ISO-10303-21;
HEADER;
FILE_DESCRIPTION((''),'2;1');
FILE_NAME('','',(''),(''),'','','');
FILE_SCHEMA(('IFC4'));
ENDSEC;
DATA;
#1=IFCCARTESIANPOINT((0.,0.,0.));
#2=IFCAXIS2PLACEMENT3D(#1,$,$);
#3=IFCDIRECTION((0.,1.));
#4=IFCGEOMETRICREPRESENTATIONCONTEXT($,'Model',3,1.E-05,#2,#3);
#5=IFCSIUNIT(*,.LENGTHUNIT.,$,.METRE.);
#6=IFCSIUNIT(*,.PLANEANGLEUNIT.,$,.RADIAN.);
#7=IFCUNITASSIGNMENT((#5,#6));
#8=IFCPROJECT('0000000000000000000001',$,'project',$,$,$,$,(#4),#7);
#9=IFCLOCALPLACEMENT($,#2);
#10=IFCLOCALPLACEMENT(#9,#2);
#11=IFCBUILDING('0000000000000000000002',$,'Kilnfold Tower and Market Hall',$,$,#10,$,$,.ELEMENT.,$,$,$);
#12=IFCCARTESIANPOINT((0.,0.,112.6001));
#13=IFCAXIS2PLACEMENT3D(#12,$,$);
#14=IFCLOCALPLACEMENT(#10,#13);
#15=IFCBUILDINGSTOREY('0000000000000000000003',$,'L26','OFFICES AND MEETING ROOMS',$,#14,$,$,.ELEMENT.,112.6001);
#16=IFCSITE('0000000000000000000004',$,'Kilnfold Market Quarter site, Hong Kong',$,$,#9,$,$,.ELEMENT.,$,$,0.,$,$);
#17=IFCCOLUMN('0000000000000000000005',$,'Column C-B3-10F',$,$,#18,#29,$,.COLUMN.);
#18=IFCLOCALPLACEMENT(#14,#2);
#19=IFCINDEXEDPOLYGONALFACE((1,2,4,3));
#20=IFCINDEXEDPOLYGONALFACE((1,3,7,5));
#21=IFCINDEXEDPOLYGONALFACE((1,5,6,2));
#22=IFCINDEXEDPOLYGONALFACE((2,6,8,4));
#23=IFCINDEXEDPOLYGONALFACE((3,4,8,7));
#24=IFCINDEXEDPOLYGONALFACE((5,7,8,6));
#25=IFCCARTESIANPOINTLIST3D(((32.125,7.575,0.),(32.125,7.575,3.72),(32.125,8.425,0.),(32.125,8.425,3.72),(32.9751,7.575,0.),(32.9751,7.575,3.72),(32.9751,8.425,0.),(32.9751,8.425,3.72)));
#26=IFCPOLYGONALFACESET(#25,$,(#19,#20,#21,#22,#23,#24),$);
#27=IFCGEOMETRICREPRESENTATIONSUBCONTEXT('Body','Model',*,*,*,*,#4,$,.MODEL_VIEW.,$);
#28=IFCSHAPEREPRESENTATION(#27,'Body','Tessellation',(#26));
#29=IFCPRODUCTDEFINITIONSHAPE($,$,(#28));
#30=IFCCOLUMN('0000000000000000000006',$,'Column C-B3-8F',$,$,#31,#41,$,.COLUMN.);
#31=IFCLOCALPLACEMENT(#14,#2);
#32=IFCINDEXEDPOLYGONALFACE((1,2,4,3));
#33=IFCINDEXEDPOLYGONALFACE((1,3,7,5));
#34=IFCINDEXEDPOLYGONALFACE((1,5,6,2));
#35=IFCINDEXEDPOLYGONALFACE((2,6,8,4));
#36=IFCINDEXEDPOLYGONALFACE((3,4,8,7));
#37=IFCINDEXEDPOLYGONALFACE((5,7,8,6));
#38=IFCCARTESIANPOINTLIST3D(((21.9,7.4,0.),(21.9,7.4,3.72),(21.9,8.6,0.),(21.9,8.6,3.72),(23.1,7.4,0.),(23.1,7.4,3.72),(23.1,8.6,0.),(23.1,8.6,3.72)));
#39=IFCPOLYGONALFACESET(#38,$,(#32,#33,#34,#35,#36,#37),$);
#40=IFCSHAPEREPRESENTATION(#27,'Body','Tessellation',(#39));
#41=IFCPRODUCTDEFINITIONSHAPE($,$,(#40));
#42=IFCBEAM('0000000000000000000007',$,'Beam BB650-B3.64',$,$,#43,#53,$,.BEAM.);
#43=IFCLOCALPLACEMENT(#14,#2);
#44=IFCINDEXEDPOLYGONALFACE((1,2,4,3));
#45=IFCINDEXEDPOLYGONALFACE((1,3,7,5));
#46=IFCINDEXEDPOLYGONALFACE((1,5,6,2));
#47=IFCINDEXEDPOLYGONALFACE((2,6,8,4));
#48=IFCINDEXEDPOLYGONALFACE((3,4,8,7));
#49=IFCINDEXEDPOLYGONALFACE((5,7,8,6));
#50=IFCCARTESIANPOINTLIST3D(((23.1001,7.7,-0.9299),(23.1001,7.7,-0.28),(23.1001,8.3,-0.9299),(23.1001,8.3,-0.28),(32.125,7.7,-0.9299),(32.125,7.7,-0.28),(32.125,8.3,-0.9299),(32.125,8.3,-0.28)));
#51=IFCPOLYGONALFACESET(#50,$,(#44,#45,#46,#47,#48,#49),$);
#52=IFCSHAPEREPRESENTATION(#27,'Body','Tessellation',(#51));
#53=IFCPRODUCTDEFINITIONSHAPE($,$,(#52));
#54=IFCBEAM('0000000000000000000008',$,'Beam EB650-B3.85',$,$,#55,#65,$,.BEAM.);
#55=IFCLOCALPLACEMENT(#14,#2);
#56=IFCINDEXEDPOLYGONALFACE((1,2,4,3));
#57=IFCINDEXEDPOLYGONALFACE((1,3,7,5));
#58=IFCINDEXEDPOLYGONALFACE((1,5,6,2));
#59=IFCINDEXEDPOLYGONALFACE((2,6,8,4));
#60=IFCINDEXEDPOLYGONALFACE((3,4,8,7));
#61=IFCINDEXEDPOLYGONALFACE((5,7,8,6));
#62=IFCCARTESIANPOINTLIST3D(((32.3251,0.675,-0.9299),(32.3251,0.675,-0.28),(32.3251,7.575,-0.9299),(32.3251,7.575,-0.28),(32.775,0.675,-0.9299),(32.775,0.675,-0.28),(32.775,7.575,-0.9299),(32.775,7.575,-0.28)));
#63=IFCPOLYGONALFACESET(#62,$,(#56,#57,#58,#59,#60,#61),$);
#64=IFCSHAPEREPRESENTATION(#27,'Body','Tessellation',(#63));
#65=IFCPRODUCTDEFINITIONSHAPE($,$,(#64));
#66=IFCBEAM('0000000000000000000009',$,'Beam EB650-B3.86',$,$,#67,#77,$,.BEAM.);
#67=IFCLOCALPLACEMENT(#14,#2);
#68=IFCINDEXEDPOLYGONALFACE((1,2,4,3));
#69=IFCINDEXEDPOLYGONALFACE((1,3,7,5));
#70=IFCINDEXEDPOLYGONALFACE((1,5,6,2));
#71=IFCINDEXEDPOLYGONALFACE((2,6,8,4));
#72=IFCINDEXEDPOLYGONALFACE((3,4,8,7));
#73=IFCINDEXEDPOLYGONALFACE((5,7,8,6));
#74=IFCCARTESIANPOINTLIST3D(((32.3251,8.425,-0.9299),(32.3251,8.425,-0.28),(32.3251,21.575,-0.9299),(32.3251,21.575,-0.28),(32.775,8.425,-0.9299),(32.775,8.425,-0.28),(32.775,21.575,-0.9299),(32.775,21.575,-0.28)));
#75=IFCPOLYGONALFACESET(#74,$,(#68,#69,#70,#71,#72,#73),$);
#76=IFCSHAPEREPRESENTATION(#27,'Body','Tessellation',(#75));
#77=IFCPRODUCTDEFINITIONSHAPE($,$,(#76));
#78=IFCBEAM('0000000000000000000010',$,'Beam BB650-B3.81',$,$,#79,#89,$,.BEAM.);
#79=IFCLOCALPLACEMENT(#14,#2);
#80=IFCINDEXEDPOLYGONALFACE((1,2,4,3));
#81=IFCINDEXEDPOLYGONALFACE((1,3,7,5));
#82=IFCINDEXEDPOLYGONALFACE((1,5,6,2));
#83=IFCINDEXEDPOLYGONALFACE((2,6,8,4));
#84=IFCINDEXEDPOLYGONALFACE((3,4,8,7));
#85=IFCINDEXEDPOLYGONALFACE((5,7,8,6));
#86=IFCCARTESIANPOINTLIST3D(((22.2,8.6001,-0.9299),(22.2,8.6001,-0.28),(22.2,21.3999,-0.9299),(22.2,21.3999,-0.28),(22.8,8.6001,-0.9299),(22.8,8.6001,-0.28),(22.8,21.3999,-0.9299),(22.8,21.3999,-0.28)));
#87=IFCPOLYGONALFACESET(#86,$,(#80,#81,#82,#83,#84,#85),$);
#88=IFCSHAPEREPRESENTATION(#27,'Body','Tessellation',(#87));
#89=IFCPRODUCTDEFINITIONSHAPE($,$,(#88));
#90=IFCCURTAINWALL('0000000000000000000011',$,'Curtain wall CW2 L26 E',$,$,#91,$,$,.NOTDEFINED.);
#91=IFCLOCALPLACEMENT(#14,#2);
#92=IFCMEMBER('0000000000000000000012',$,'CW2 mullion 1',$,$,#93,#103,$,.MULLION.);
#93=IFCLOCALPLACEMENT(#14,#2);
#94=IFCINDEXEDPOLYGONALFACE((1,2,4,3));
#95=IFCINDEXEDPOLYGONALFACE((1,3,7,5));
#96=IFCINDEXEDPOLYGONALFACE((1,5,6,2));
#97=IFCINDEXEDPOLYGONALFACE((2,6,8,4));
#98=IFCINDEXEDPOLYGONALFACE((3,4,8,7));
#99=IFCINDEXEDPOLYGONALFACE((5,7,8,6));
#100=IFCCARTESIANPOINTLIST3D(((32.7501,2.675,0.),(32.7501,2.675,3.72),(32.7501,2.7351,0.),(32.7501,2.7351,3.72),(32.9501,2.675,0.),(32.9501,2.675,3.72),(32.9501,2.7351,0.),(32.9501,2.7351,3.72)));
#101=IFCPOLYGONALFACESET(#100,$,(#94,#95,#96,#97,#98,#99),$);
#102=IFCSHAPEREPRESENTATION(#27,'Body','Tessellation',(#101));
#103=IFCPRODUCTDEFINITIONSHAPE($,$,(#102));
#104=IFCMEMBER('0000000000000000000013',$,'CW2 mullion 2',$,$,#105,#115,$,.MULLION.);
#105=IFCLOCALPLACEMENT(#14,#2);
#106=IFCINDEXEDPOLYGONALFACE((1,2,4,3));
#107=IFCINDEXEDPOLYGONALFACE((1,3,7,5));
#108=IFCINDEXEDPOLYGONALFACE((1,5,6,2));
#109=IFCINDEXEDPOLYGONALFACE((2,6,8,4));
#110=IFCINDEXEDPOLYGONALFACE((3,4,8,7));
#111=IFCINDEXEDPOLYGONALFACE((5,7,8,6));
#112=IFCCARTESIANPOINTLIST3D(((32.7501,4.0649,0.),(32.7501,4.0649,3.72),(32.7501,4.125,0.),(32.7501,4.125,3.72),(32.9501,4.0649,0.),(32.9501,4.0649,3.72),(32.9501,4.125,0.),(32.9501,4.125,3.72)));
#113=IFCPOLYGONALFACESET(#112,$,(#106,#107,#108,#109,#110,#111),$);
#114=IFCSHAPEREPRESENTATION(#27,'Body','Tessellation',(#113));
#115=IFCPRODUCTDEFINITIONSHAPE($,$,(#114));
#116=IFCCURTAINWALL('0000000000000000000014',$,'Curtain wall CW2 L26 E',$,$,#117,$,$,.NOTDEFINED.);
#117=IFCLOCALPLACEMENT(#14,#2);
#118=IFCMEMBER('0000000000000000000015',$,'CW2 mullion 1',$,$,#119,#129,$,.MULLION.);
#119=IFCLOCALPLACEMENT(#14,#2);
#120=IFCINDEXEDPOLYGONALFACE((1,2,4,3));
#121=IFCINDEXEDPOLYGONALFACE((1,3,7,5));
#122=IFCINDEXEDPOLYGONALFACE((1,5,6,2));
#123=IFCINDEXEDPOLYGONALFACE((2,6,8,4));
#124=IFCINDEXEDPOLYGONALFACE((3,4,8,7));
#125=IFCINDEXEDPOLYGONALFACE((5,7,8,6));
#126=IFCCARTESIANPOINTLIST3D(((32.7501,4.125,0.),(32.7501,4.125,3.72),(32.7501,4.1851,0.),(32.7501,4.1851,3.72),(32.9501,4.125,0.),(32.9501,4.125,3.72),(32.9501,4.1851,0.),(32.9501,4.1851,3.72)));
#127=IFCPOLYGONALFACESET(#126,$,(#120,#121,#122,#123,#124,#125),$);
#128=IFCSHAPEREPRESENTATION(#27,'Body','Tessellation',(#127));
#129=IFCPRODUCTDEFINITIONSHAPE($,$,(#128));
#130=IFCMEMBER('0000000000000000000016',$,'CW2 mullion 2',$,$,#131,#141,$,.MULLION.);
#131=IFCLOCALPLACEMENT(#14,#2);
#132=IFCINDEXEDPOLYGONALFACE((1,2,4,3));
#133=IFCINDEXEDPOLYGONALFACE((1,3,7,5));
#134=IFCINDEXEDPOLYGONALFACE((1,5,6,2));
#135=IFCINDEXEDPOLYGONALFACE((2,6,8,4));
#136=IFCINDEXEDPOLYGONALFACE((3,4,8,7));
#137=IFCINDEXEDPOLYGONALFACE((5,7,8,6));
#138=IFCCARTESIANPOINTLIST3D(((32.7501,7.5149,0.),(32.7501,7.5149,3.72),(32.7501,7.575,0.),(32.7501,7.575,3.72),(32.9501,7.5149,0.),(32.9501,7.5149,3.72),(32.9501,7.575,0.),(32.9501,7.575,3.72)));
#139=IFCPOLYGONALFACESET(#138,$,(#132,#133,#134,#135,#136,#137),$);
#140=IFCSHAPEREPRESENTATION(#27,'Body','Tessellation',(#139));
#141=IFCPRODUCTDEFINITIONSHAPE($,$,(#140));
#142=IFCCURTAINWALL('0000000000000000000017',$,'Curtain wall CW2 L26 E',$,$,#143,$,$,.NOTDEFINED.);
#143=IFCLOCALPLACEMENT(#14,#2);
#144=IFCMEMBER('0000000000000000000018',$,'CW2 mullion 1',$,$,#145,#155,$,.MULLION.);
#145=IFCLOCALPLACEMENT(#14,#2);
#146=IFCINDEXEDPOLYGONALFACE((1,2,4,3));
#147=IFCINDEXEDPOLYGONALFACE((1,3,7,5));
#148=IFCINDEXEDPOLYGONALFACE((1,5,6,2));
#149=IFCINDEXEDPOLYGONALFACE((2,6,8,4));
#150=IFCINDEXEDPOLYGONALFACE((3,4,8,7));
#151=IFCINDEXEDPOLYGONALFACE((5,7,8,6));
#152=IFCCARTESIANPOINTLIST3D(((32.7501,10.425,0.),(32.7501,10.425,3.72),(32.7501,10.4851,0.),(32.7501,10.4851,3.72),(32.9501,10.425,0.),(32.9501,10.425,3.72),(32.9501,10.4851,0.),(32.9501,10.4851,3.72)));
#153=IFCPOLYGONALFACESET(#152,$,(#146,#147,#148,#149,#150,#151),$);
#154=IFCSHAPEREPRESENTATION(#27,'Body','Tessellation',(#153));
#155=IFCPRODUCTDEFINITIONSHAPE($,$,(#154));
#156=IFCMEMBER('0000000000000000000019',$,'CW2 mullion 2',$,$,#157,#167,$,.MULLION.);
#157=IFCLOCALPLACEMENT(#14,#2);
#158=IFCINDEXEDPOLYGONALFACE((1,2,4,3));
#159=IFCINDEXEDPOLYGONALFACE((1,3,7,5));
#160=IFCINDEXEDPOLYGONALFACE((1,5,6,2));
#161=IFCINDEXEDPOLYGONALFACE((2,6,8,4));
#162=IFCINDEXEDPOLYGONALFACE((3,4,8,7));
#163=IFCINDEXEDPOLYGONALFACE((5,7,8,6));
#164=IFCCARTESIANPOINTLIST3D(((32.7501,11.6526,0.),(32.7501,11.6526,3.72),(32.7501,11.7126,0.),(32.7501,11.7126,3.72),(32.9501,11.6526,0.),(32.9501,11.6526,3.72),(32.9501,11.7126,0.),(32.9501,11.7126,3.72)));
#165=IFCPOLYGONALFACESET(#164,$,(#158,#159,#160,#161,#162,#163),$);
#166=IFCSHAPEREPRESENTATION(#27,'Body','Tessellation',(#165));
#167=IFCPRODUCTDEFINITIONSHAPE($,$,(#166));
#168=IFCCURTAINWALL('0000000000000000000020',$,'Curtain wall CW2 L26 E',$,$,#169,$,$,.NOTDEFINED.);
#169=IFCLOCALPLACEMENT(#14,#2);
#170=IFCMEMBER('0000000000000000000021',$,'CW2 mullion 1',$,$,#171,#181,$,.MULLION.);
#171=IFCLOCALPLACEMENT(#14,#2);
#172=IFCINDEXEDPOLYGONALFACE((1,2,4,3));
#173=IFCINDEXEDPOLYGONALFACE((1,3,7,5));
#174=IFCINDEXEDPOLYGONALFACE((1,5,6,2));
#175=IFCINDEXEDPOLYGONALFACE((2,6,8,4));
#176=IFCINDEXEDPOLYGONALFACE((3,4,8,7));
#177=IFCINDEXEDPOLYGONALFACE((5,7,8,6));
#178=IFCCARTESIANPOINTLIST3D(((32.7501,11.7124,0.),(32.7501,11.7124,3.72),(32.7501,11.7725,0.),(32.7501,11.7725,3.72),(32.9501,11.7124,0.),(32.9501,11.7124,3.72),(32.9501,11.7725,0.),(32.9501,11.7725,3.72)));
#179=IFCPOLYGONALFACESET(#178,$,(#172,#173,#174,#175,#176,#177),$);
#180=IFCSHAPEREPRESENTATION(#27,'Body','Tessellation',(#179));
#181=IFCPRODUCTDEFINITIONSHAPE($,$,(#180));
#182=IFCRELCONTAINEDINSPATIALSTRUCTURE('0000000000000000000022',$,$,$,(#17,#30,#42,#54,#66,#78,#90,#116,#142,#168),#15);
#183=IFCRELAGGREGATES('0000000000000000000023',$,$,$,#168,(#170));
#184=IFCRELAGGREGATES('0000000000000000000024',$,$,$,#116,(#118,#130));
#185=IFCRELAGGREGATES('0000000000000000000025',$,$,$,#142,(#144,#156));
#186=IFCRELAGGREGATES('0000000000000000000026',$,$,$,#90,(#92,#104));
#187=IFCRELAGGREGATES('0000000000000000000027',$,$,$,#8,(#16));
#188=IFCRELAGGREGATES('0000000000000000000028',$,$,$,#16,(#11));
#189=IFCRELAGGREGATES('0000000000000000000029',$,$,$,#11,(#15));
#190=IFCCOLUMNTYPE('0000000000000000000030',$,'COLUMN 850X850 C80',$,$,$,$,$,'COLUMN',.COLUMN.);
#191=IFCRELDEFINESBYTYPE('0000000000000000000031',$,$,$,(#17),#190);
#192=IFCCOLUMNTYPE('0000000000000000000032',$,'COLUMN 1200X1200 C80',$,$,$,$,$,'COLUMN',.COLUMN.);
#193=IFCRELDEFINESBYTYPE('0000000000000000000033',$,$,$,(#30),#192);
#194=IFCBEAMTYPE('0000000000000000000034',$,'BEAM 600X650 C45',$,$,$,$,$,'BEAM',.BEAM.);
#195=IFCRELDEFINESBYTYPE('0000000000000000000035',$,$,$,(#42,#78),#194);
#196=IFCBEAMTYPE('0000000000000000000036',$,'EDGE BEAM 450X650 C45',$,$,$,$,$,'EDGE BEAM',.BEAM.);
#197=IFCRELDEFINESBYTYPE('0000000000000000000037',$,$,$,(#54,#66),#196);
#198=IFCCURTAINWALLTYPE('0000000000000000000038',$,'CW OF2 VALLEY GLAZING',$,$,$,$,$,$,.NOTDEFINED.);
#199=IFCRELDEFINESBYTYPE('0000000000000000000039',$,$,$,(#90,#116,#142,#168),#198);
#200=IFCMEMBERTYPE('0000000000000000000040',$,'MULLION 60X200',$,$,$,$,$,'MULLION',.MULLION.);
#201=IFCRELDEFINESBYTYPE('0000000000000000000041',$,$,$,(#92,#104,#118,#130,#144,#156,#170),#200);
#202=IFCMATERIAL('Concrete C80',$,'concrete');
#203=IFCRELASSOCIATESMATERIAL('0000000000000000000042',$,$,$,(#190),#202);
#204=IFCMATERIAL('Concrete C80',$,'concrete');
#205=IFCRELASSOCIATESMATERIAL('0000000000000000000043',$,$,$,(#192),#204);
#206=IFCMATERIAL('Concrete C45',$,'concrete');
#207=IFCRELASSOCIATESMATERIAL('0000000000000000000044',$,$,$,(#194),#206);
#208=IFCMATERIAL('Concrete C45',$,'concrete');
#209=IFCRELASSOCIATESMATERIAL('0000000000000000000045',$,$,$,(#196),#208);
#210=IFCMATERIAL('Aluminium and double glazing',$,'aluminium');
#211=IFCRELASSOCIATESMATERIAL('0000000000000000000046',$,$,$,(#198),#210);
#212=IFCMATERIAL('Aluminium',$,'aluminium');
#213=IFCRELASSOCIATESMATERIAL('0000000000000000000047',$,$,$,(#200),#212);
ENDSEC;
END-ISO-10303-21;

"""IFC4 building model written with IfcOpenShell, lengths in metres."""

from ifc_helpers import new_model, si_unit, direction, frame, origin, origin_2d, place, context, subcontext, project, spatial, rectangle, extrude, source, transform, mapped, material, material_profile, profile_set, type_object, element, aggregate, save


model = new_model("IFC4")

# Units and contexts
model_context = context("Model", 3, precision=1e-05, world=origin(), true_north=direction((0.0, 1.0)))
body_context = subcontext(model_context, "Body", "Model", "MODEL_VIEW")
ifc_project = project(units=[si_unit("LENGTHUNIT", "METRE"), si_unit("PLANEANGLEUNIT", "RADIAN")], contexts=[model_context])

# Site, building, storey
site_placement = place(None, origin())
site = spatial("IfcSite", under=ifc_project, at=site_placement, Name="Kilnfold Market Quarter site, Hong Kong", CompositionType="ELEMENT", RefElevation=0.0)
building_placement = place(site_placement, origin())
building = spatial("IfcBuilding", under=site, at=building_placement, Name="Kilnfold Tower and Market Hall", CompositionType="ELEMENT")
storey_placement = place(building_placement, frame((0.0, 0.0, 112.6001)))
storey = spatial("IfcBuildingStorey", under=building, at=storey_placement, Name="L26", Description="OFFICES AND MEETING ROOMS", CompositionType="ELEMENT", Elevation=112.6001)

# Columns
ifc_material_1 = material(Name="Concrete C80", Category="concrete")
ifc_material_profile_1 = material_profile(ifc_material_1, rectangle(XDim=0.8501, YDim=0.8501, at=origin_2d()), Name="RC 850x850")
ifc_profile_set_1 = profile_set([ifc_material_profile_1], Name="Concrete C80")
column_type_1 = type_object("IfcColumnType", Name="COLUMN 850X850 C80", ElementType="COLUMN", PredefinedType="COLUMN", material=ifc_profile_set_1)
shared_shape_1 = source(origin(), body_context, "Body", "SweptSolid", [
    extrude(rectangle(XDim=0.8501, YDim=0.8501, at=origin_2d()), origin(), (0.0, 0.0, 1.0), 3.72),
])
column_1_placement = place(storey_placement, frame((32.55, 8.0, 0.0), z_axis=(0.0, 0.0, 1.0), x_axis=(1.0, 0.0, 0.0)))
element("IfcColumn", 1, at=column_1_placement, inside=storey, type_object=column_type_1, Name="Column C-B3-10F", PredefinedType="COLUMN", context=body_context, shape_type="MappedRepresentation", body=[
    mapped(shared_shape_1, transform((0.0, 0.0, 0.0))),
])
ifc_material_2 = material(Name="Concrete C80", Category="concrete")
ifc_material_profile_2 = material_profile(ifc_material_2, rectangle(XDim=1.2, YDim=1.2, at=origin_2d()), Name="RC 1200x1200")
ifc_profile_set_2 = profile_set([ifc_material_profile_2], Name="Concrete C80")
column_type_2 = type_object("IfcColumnType", Name="COLUMN 1200X1200 C80", ElementType="COLUMN", PredefinedType="COLUMN", material=ifc_profile_set_2)
shared_shape_2 = source(origin(), body_context, "Body", "SweptSolid", [
    extrude(rectangle(XDim=1.2, YDim=1.2, at=origin_2d()), origin(), (0.0, 0.0, 1.0), 3.72),
])
column_2_placement = place(storey_placement, frame((22.5, 8.0, 0.0), z_axis=(0.0, 0.0, 1.0), x_axis=(1.0, 0.0, 0.0)))
element("IfcColumn", 2, at=column_2_placement, inside=storey, type_object=column_type_2, Name="Column C-B3-8F", PredefinedType="COLUMN", context=body_context, shape_type="MappedRepresentation", body=[
    mapped(shared_shape_2, transform((0.0, 0.0, 0.0))),
])

# Beams
ifc_material_3 = material(Name="Concrete C45", Category="concrete")
ifc_material_profile_3 = material_profile(ifc_material_3, rectangle(XDim=0.6001, YDim=0.6499, at=origin_2d()), Name="RC 600x650")
ifc_profile_set_3 = profile_set([ifc_material_profile_3], Name="Concrete C45")
beam_type_1 = type_object("IfcBeamType", Name="BEAM 600X650 C45", ElementType="BEAM", PredefinedType="BEAM", material=ifc_profile_set_3)
shared_shape_3 = source(origin(), body_context, "Body", "SweptSolid", [
    extrude(rectangle(XDim=0.6001, YDim=0.6499, at=origin_2d()), origin(), (0.0, 0.0, 1.0), 9.0249),
])
beam_1_placement = place(storey_placement, frame((23.1001, 8.0, -0.605), z_axis=(1.0, 0.0, 0.0), x_axis=(0.0, 1.0, 0.0)))
element("IfcBeam", 3, at=beam_1_placement, inside=storey, type_object=beam_type_1, Name="Beam BB650-B3.64", PredefinedType="BEAM", context=body_context, shape_type="MappedRepresentation", body=[
    mapped(shared_shape_3, transform((0.0, 0.0, 0.0))),
])
ifc_material_4 = material(Name="Concrete C45", Category="concrete")
ifc_material_profile_4 = material_profile(ifc_material_4, rectangle(XDim=0.45, YDim=0.6499, at=origin_2d()), Name="RC 450x650")
ifc_profile_set_4 = profile_set([ifc_material_profile_4], Name="Concrete C45")
beam_type_2 = type_object("IfcBeamType", Name="EDGE BEAM 450X650 C45", ElementType="EDGE BEAM", PredefinedType="BEAM", material=ifc_profile_set_4)
shared_shape_4 = source(origin(), body_context, "Body", "SweptSolid", [
    extrude(rectangle(XDim=0.45, YDim=0.6499, at=origin_2d()), origin(), (0.0, 0.0, 1.0), 6.8999),
])
beam_2_placement = place(storey_placement, frame((32.55, 0.675, -0.605), z_axis=(0.0, 1.0, 0.0), x_axis=(-1.0, 0.0, 0.0)))
element("IfcBeam", 4, at=beam_2_placement, inside=storey, type_object=beam_type_2, Name="Beam EB650-B3.85", PredefinedType="BEAM", context=body_context, shape_type="MappedRepresentation", body=[
    mapped(shared_shape_4, transform((0.0, 0.0, 0.0))),
])
shared_shape_5 = source(origin(), body_context, "Body", "SweptSolid", [
    extrude(rectangle(XDim=0.45, YDim=0.6499, at=origin_2d()), origin(), (0.0, 0.0, 1.0), 13.1499),
])
beam_3_placement = place(storey_placement, frame((32.55, 8.425, -0.605), z_axis=(0.0, 1.0, 0.0), x_axis=(-1.0, 0.0, 0.0)))
element("IfcBeam", 5, at=beam_3_placement, inside=storey, type_object=beam_type_2, Name="Beam EB650-B3.86", PredefinedType="BEAM", context=body_context, shape_type="MappedRepresentation", body=[
    mapped(shared_shape_5, transform((0.0, 0.0, 0.0))),
])
shared_shape_6 = source(origin(), body_context, "Body", "SweptSolid", [
    extrude(rectangle(XDim=0.6001, YDim=0.6499, at=origin_2d()), origin(), (0.0, 0.0, 1.0), 12.7998),
])
beam_4_placement = place(storey_placement, frame((22.5, 8.6001, -0.605), z_axis=(0.0, 1.0, 0.0), x_axis=(-1.0, 0.0, 0.0)))
element("IfcBeam", 6, at=beam_4_placement, inside=storey, type_object=beam_type_1, Name="Beam BB650-B3.81", PredefinedType="BEAM", context=body_context, shape_type="MappedRepresentation", body=[
    mapped(shared_shape_6, transform((0.0, 0.0, 0.0))),
])

# Curtain walls, members
ifc_material_5 = material(Name="Aluminium and double glazing", Category="aluminium")
curtain_wall_type = type_object("IfcCurtainWallType", Name="CW OF2 VALLEY GLAZING", PredefinedType="NOTDEFINED", material=ifc_material_5)
curtain_wall_1_placement = place(storey_placement, origin())
curtain_wall_1 = element("IfcCurtainWall", 7, at=curtain_wall_1_placement, inside=storey, type_object=curtain_wall_type, Name="Curtain wall CW2 L26 E", PredefinedType="NOTDEFINED")
ifc_material_6 = material(Name="Aluminium", Category="aluminium")
ifc_material_profile_5 = material_profile(ifc_material_6, rectangle(XDim=0.0601, YDim=0.2, at=origin_2d()), Name="MULLION 60x200")
ifc_profile_set_5 = profile_set([ifc_material_profile_5], Name="Aluminium")
member_type_1 = type_object("IfcMemberType", Name="MULLION 60X200", ElementType="MULLION", PredefinedType="MULLION", material=ifc_profile_set_5)
shared_shape_7 = source(origin(), body_context, "Body", "SweptSolid", [
    extrude(rectangle(XDim=0.0601, YDim=0.2, at=origin_2d()), origin(), (0.0, 0.0, 1.0), 3.72),
])
member_1_placement = place(storey_placement, frame((32.8501, 2.7051, 0.0), z_axis=(0.0, 0.0, 1.0), x_axis=(0.0, 1.0, 0.0)))
member_1 = element("IfcMember", 8, at=member_1_placement, type_object=member_type_1, Name="CW2 mullion 1", PredefinedType="MULLION", context=body_context, shape_type="MappedRepresentation", body=[
    mapped(shared_shape_7, transform((0.0, 0.0, 0.0))),
])
member_2_placement = place(storey_placement, frame((32.8501, 4.095, 0.0), z_axis=(0.0, 0.0, 1.0), x_axis=(0.0, 1.0, 0.0)))
member_2 = element("IfcMember", 9, at=member_2_placement, type_object=member_type_1, Name="CW2 mullion 2", PredefinedType="MULLION", context=body_context, shape_type="MappedRepresentation", body=[
    mapped(shared_shape_7, transform((0.0, 0.0, 0.0))),
])
curtain_wall_2_placement = place(storey_placement, origin())
curtain_wall_2 = element("IfcCurtainWall", 10, at=curtain_wall_2_placement, inside=storey, type_object=curtain_wall_type, Name="Curtain wall CW2 L26 E", PredefinedType="NOTDEFINED")
member_3_placement = place(storey_placement, frame((32.8501, 4.155, 0.0), z_axis=(0.0, 0.0, 1.0), x_axis=(0.0, 1.0, 0.0)))
member_3 = element("IfcMember", 11, at=member_3_placement, type_object=member_type_1, Name="CW2 mullion 1", PredefinedType="MULLION", context=body_context, shape_type="MappedRepresentation", body=[
    mapped(shared_shape_7, transform((0.0, 0.0, 0.0))),
])
member_4_placement = place(storey_placement, frame((32.8501, 7.5449, 0.0), z_axis=(0.0, 0.0, 1.0), x_axis=(0.0, 1.0, 0.0)))
member_4 = element("IfcMember", 12, at=member_4_placement, type_object=member_type_1, Name="CW2 mullion 2", PredefinedType="MULLION", context=body_context, shape_type="MappedRepresentation", body=[
    mapped(shared_shape_7, transform((0.0, 0.0, 0.0))),
])
curtain_wall_3_placement = place(storey_placement, origin())
curtain_wall_3 = element("IfcCurtainWall", 13, at=curtain_wall_3_placement, inside=storey, type_object=curtain_wall_type, Name="Curtain wall CW2 L26 E", PredefinedType="NOTDEFINED")
member_5_placement = place(storey_placement, frame((32.8501, 10.4551, 0.0), z_axis=(0.0, 0.0, 1.0), x_axis=(0.0, 1.0, 0.0)))
member_5 = element("IfcMember", 14, at=member_5_placement, type_object=member_type_1, Name="CW2 mullion 1", PredefinedType="MULLION", context=body_context, shape_type="MappedRepresentation", body=[
    mapped(shared_shape_7, transform((0.0, 0.0, 0.0))),
])
member_6_placement = place(storey_placement, frame((32.8501, 11.6826, 0.0), z_axis=(0.0, 0.0, 1.0), x_axis=(0.0, 1.0, 0.0)))
member_6 = element("IfcMember", 15, at=member_6_placement, type_object=member_type_1, Name="CW2 mullion 2", PredefinedType="MULLION", context=body_context, shape_type="MappedRepresentation", body=[
    mapped(shared_shape_7, transform((0.0, 0.0, 0.0))),
])

# Curtain wall, member
curtain_wall_4_placement = place(storey_placement, origin())
curtain_wall_4 = element("IfcCurtainWall", 16, at=curtain_wall_4_placement, inside=storey, type_object=curtain_wall_type, Name="Curtain wall CW2 L26 E", PredefinedType="NOTDEFINED")
member_7_placement = place(storey_placement, frame((32.8501, 11.7424, 0.0), z_axis=(0.0, 0.0, 1.0), x_axis=(0.0, 1.0, 0.0)))
member_7 = element("IfcMember", 17, at=member_7_placement, type_object=member_type_1, Name="CW2 mullion 1", PredefinedType="MULLION", context=body_context, shape_type="MappedRepresentation", body=[
    mapped(shared_shape_7, transform((0.0, 0.0, 0.0))),
])

aggregate(curtain_wall_4, [member_7])

aggregate(curtain_wall_2, [member_3, member_4])
aggregate(curtain_wall_3, [member_5, member_6])
aggregate(curtain_wall_1, [member_1, member_2])

save(model, "model.ifc")
